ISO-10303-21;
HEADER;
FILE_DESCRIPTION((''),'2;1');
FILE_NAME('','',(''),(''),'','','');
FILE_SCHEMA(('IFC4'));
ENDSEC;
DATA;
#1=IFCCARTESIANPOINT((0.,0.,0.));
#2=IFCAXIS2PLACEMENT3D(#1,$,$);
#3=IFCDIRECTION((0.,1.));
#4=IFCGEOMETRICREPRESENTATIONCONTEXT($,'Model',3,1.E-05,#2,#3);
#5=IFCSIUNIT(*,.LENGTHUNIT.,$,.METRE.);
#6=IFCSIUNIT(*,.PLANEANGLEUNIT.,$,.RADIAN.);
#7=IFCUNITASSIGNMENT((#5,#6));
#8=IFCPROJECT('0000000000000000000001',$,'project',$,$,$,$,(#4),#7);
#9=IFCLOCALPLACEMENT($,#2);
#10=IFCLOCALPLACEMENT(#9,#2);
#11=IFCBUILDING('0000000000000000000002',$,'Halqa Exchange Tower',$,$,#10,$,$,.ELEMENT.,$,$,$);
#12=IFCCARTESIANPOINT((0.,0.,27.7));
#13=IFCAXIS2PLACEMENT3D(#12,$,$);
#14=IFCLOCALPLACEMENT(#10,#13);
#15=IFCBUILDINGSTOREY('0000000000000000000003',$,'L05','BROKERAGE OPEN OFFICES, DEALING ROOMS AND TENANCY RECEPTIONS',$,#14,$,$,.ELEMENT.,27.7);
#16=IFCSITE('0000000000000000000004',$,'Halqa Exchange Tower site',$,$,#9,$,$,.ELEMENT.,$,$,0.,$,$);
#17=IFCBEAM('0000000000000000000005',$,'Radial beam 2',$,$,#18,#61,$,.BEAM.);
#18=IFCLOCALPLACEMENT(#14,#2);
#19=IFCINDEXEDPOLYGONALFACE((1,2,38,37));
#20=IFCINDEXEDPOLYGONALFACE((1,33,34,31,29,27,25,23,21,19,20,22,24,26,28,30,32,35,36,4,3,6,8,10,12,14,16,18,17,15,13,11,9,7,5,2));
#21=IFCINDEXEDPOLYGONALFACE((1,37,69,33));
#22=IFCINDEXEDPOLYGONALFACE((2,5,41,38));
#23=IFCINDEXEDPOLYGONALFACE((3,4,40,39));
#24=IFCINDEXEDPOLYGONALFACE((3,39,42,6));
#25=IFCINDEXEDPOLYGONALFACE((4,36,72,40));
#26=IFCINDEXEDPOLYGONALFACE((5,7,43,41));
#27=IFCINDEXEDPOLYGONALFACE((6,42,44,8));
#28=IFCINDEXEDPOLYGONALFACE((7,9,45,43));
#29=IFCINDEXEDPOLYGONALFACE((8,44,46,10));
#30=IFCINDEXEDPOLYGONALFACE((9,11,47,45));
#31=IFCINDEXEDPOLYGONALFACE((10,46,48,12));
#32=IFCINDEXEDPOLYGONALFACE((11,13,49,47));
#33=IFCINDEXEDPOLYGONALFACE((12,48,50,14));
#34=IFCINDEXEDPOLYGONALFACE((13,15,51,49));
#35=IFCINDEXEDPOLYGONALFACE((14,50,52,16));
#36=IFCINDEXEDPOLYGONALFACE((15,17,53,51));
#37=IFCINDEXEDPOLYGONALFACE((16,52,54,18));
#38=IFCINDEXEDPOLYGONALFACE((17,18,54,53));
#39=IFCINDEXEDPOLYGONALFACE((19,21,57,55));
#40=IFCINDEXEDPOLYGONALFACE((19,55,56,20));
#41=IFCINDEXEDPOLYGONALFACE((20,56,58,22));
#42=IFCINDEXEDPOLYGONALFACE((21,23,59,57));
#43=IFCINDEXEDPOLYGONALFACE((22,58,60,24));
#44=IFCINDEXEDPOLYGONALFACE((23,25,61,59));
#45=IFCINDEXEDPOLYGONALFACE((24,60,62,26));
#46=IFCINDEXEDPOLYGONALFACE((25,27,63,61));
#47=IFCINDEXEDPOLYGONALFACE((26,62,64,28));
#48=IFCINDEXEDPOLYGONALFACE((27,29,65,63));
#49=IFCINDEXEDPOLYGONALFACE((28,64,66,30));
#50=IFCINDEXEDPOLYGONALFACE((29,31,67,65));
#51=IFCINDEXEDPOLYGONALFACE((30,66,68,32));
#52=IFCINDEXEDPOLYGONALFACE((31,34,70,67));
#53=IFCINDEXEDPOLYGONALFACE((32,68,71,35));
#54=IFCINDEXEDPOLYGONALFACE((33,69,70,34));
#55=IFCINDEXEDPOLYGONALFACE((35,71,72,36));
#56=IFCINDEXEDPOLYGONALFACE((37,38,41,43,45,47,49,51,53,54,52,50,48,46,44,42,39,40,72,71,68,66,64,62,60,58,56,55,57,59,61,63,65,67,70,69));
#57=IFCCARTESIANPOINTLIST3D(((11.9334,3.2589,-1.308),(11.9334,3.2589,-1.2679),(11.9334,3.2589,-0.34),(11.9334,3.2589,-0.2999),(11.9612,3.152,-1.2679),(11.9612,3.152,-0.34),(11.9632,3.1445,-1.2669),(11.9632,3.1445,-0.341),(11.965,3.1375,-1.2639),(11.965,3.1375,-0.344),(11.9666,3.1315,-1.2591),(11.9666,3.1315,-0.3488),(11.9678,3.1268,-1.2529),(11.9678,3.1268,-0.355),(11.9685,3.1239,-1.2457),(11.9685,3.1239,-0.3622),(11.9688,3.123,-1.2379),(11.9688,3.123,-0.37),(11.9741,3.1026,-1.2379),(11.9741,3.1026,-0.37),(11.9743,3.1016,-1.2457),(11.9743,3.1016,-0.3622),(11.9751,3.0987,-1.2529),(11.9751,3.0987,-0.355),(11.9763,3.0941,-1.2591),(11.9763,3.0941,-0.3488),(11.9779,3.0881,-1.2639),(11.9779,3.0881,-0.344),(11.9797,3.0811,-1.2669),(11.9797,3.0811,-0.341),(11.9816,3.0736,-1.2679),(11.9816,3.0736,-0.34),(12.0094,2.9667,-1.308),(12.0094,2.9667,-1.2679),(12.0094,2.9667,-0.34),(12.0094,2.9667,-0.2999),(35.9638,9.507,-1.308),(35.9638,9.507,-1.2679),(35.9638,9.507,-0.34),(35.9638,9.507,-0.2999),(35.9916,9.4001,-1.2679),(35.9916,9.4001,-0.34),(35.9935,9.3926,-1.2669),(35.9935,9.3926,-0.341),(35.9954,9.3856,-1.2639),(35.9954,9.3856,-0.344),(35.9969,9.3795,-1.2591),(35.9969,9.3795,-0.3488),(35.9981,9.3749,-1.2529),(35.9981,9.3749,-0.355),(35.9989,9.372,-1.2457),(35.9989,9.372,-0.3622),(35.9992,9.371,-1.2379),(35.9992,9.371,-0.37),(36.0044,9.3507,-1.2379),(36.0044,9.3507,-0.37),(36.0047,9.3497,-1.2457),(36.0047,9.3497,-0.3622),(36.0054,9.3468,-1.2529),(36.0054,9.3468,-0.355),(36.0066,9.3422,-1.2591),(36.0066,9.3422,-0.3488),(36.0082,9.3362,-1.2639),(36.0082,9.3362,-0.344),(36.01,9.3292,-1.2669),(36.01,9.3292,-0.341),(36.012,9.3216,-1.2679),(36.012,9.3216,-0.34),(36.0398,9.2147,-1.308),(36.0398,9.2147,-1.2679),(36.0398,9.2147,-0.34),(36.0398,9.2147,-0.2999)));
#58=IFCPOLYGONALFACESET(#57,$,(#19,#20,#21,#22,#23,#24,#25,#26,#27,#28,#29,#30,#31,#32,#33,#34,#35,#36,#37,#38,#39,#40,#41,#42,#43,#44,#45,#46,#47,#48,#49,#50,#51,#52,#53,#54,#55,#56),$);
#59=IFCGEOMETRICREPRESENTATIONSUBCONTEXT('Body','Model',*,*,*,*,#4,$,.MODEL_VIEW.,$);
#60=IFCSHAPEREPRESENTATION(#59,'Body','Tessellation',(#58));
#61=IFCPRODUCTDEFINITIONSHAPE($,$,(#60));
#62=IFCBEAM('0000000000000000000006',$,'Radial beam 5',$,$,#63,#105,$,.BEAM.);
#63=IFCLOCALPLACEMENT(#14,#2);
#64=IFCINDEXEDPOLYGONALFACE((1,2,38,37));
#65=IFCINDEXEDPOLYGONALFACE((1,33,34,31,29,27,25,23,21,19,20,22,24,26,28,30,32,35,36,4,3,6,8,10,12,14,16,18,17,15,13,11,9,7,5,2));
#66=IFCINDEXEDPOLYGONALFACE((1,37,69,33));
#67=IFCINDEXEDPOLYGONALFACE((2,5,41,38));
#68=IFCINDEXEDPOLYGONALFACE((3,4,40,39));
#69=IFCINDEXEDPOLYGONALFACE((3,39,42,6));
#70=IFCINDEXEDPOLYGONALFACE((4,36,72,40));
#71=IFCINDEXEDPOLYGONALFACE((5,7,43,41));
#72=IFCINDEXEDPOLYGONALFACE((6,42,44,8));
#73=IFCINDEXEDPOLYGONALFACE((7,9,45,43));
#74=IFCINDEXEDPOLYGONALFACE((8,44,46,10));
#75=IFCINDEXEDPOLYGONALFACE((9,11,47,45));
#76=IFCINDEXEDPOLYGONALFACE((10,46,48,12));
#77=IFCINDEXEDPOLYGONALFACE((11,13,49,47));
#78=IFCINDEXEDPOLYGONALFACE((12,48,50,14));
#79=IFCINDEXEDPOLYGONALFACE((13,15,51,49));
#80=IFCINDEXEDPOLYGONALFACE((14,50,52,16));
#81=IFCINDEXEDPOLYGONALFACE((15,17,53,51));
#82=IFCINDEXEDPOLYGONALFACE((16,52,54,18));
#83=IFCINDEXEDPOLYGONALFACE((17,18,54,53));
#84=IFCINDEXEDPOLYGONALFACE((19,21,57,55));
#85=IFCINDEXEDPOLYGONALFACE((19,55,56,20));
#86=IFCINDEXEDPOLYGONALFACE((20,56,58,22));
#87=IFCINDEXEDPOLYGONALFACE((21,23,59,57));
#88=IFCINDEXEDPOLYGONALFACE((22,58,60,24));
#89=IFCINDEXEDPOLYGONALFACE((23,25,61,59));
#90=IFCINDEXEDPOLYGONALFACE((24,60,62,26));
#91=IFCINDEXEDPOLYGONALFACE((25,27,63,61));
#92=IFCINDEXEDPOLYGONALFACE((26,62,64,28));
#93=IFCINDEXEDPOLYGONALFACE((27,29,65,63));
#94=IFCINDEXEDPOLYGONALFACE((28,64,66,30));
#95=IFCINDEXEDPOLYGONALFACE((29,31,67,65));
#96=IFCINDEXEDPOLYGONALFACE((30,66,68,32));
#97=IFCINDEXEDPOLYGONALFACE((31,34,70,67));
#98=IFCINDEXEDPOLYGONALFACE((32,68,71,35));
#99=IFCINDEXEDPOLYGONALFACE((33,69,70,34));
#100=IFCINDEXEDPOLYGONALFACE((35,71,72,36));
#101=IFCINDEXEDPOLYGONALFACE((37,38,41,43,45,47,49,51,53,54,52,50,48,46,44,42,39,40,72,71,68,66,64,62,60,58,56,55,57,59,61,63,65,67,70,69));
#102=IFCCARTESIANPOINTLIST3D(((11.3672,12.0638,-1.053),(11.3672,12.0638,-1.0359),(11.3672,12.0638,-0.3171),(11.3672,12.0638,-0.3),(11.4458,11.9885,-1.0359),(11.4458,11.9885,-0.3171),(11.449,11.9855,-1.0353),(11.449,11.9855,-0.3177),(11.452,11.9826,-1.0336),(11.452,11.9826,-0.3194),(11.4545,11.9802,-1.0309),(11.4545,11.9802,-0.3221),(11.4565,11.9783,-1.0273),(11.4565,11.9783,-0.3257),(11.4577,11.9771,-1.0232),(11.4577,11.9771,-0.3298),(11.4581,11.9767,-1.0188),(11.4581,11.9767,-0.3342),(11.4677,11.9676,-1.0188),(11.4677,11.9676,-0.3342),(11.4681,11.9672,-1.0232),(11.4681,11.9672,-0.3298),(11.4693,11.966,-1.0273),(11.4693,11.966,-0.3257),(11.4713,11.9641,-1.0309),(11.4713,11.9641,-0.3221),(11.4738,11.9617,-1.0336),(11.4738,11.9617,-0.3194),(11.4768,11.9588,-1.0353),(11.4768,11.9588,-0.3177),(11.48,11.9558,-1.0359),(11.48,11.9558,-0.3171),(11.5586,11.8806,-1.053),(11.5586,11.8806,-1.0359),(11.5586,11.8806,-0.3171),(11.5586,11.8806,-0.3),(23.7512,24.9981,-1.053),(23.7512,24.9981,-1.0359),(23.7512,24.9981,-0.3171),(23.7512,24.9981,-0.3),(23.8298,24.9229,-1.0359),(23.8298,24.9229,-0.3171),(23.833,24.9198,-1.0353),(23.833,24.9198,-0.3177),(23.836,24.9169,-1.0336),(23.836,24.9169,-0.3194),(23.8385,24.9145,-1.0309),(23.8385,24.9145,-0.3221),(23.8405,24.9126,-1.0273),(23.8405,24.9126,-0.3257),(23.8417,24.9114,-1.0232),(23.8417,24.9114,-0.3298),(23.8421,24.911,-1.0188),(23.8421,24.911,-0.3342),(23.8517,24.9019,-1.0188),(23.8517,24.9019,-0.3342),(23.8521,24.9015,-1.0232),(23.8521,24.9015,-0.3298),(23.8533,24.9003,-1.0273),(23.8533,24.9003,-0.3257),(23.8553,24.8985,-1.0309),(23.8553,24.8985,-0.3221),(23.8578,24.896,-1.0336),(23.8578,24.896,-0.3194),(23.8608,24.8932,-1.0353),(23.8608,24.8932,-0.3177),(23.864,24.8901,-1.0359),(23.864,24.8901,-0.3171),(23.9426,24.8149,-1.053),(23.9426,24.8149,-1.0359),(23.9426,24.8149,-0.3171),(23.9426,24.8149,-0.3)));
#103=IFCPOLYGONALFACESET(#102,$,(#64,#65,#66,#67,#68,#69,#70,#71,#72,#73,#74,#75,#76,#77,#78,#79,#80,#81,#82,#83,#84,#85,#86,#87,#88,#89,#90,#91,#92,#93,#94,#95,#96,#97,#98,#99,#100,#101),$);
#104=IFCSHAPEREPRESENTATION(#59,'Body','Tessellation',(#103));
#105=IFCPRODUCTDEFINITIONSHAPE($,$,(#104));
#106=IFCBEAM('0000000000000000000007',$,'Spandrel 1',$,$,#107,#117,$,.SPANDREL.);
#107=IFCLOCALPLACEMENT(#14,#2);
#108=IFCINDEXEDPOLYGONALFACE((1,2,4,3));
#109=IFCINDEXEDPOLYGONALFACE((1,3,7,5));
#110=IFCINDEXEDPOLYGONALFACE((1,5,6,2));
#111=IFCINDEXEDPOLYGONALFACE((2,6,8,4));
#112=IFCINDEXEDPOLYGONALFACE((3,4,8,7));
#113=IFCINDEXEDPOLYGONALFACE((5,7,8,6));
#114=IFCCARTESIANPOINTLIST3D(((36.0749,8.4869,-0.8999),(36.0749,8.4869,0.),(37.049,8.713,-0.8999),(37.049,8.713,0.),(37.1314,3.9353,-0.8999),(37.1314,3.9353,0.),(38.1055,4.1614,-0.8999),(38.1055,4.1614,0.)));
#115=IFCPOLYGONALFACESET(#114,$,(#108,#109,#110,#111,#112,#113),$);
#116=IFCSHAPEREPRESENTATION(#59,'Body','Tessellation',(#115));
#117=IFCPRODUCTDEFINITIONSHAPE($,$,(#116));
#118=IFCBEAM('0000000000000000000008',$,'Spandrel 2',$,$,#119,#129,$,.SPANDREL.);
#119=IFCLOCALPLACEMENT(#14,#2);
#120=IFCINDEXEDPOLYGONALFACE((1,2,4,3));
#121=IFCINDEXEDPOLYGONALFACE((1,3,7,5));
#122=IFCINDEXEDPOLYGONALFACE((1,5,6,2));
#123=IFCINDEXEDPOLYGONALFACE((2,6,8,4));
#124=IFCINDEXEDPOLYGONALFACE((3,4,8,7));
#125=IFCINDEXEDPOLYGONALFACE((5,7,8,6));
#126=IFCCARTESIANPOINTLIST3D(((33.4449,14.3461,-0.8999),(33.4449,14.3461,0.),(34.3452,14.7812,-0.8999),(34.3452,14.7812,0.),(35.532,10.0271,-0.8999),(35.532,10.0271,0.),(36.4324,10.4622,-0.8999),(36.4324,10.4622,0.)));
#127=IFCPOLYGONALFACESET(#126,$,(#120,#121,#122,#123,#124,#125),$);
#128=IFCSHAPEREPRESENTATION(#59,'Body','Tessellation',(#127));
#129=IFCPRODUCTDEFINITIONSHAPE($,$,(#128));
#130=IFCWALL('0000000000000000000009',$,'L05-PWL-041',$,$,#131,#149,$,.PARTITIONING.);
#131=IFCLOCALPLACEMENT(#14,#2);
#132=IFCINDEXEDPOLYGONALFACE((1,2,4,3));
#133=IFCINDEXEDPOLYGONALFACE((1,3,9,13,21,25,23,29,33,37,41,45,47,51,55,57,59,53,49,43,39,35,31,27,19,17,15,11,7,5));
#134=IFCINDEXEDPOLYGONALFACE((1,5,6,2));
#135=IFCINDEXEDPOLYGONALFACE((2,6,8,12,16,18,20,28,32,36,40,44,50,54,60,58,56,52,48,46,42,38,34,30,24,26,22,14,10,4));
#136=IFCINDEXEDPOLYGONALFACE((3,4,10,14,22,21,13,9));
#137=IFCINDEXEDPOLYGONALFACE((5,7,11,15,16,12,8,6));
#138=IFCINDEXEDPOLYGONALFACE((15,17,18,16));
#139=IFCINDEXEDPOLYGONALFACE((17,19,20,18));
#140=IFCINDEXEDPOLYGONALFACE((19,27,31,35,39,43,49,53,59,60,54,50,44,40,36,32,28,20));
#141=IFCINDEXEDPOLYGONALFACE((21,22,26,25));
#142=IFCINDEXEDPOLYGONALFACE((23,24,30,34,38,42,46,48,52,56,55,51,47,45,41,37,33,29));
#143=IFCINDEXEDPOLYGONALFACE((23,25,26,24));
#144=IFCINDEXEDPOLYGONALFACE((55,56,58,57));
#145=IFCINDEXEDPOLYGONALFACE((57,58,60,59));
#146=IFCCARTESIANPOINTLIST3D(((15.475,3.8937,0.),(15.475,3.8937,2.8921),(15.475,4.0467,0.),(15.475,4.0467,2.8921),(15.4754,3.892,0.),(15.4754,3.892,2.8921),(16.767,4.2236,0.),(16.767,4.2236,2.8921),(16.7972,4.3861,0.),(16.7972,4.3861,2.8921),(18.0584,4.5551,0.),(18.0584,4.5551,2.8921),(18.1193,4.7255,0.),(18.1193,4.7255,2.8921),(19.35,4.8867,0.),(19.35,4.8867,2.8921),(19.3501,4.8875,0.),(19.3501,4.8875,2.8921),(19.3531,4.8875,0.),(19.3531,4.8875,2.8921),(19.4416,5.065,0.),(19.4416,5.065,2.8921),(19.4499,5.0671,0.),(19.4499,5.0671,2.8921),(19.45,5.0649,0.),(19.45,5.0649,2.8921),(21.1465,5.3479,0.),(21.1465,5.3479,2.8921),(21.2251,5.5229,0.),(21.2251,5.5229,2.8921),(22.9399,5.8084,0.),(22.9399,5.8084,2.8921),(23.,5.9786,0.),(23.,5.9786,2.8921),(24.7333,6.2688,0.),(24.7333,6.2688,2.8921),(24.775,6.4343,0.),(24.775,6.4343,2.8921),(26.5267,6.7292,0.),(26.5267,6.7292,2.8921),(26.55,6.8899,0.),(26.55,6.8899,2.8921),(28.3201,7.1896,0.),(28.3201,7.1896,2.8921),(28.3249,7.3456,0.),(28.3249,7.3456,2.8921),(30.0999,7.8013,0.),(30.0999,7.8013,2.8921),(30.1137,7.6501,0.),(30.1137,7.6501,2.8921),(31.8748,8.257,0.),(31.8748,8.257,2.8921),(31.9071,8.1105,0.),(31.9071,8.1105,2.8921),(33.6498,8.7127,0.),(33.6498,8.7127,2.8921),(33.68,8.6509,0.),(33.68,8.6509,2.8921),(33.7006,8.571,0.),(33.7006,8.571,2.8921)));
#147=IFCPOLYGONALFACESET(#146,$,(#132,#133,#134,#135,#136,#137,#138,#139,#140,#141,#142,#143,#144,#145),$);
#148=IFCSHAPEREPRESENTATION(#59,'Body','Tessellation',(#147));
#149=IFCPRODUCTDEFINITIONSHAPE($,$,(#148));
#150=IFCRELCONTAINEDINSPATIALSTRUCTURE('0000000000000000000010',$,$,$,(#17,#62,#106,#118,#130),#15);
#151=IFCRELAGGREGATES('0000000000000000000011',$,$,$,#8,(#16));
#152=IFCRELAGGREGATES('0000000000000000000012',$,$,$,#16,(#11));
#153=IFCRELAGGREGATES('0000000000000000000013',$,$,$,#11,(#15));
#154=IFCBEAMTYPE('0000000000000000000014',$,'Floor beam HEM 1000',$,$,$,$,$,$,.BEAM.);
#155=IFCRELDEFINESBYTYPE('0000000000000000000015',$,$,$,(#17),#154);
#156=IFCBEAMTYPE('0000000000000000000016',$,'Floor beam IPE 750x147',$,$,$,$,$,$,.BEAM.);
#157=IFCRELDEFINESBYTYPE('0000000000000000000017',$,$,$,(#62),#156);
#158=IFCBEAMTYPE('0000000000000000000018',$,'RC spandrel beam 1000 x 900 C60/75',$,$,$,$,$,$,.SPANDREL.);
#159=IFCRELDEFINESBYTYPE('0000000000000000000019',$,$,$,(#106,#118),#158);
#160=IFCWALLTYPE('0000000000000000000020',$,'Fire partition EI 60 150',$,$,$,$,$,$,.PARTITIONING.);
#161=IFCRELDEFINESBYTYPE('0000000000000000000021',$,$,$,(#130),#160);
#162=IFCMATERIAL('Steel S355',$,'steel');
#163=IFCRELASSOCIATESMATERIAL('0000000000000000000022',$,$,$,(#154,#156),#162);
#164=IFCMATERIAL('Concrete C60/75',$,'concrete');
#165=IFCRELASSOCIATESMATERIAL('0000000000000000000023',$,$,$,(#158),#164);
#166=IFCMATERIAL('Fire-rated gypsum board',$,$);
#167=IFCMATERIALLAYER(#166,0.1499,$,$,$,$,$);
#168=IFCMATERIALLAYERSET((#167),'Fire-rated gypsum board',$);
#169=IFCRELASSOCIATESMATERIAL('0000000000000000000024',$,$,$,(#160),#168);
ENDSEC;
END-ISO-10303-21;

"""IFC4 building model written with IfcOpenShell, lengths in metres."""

from ifc_helpers import new_model, si_unit, direction, frame, origin, origin_2d, place, context, subcontext, project, spatial, polyline, rectangle, i_section, outline, extrude, material, layer, layer_set, material_profile, profile_set, type_object, element, save


model = new_model("IFC4")

# Units and contexts
model_context = context("Model", 3, precision=1e-05, world=origin(), true_north=direction((0.0, 1.0)))
body_context = subcontext(model_context, "Body", "Model", "MODEL_VIEW")
ifc_project = project(units=[si_unit("LENGTHUNIT", "METRE"), si_unit("PLANEANGLEUNIT", "RADIAN")], contexts=[model_context])

# Site, building, storey
site_placement = place(None, origin())
site = spatial("IfcSite", under=ifc_project, at=site_placement, Name="Halqa Exchange Tower site", CompositionType="ELEMENT", RefElevation=0.0)
building_placement = place(site_placement, origin())
building = spatial("IfcBuilding", under=site, at=building_placement, Name="Halqa Exchange Tower", CompositionType="ELEMENT")
storey_placement = place(building_placement, frame((0.0, 0.0, 27.7)))
storey = spatial("IfcBuildingStorey", under=building, at=storey_placement, Name="L05", Description="BROKERAGE OPEN OFFICES, DEALING ROOMS AND TENANCY RECEPTIONS", CompositionType="ELEMENT", Elevation=27.7)

# Beams
ifc_material_1 = material(Name="Steel S355", Category="steel")
ifc_material_profile_1 = material_profile(ifc_material_1, i_section(OverallWidth=0.302, OverallDepth=1.0081, WebThickness=0.021, FlangeThickness=0.04, FilletRadius=0.03, at=origin_2d()), Name="HEM 1000")
ifc_profile_set_1 = profile_set([ifc_material_profile_1], Name="Steel S355")
beam_type_1 = type_object("IfcBeamType", Name="Floor beam HEM 1000", PredefinedType="BEAM", material=ifc_profile_set_1)
beam_1_placement = place(storey_placement, frame((11.9714, 3.1128, -0.804), z_axis=(0.967821, 0.25164, 0.0), x_axis=(-0.25164, 0.967821, 0.0)))
element("IfcBeam", 1, at=beam_1_placement, inside=storey, type_object=beam_type_1, Name="Radial beam 2", PredefinedType="BEAM", context=body_context, shape_type="SweptSolid", body=[
    extrude(i_section(OverallWidth=0.302, OverallDepth=1.0081, WebThickness=0.021, FlangeThickness=0.04, FilletRadius=0.03, at=origin_2d()), origin(), (0.0, 0.0, 1.0), 24.8293),
])
ifc_material_profile_2 = material_profile(ifc_material_1, i_section(OverallWidth=0.2649, OverallDepth=0.7529, WebThickness=0.0132, FlangeThickness=0.0171, FilletRadius=0.0171, at=origin_2d()), Name="IPE 750x147")
ifc_profile_set_2 = profile_set([ifc_material_profile_2], Name="Steel S355")
beam_type_2 = type_object("IfcBeamType", Name="Floor beam IPE 750x147", PredefinedType="BEAM", material=ifc_profile_set_2)
beam_2_placement = place(storey_placement, frame((11.4629, 11.9722, -0.6765), z_axis=(0.691575, 0.722305, 0.0), x_axis=(-0.722305, 0.691575, 0.0)))
element("IfcBeam", 2, at=beam_2_placement, inside=storey, type_object=beam_type_2, Name="Radial beam 5", PredefinedType="BEAM", context=body_context, shape_type="SweptSolid", body=[
    extrude(i_section(OverallWidth=0.2649, OverallDepth=0.7529, WebThickness=0.0132, FlangeThickness=0.0171, FilletRadius=0.0171, at=origin_2d()), origin(), (0.0, 0.0, 1.0), 17.907),
])
ifc_material_2 = material(Name="Concrete C60/75", Category="concrete")
ifc_material_profile_3 = material_profile(ifc_material_2, rectangle(XDim=1.0, YDim=0.8999, at=origin_2d()), Name="1000 x 900")
ifc_profile_set_3 = profile_set([ifc_material_profile_3], Name="Concrete C60/75")
beam_type_3 = type_object("IfcBeamType", Name="RC spandrel beam 1000 x 900 C60/75", PredefinedType="SPANDREL", material=ifc_profile_set_3)
beam_3_placement = place(storey_placement, frame((37.6184, 4.0483, -0.45), z_axis=(-0.226088, 0.974107, 0.0), x_axis=(-0.974107, -0.226088, 0.0)))
element("IfcBeam", 3, at=beam_3_placement, inside=storey, type_object=beam_type_3, Name="Spandrel 1", PredefinedType="SPANDREL", context=body_context, shape_type="SweptSolid", body=[
    extrude(rectangle(XDim=1.0, YDim=0.8999, at=origin_2d()), origin(), (0.0, 0.0, 1.0), 4.6726),
])
beam_4_placement = place(storey_placement, frame((35.9822, 10.2446, -0.45), z_axis=(-0.435101, 0.900382, 0.0), x_axis=(-0.900382, -0.435101, 0.0)))
element("IfcBeam", 4, at=beam_4_placement, inside=storey, type_object=beam_type_3, Name="Spandrel 2", PredefinedType="SPANDREL", context=body_context, shape_type="SweptSolid", body=[
    extrude(rectangle(XDim=1.0, YDim=0.8999, at=origin_2d()), origin(), (0.0, 0.0, 1.0), 4.7969),
])

# Wall
ifc_material_3 = material(Name="Fire-rated gypsum board")
ifc_layer_1 = layer(ifc_material_3, 0.1499)
ifc_layer_set_1 = layer_set([ifc_layer_1], Name="Fire-rated gypsum board")
wall_type_1 = type_object("IfcWallType", Name="Fire partition EI 60 150", PredefinedType="PARTITIONING", material=ifc_layer_set_1)
wall_1_placement = place(storey_placement, frame((15.4568, 3.9646, 0.0), z_axis=(0.0, 0.0, 1.0), x_axis=(0.968589, 0.248667, 0.0)))
element("IfcWall", 5, at=wall_1_placement, inside=storey, type_object=wall_type_1, Name="L05-PWL-041", PredefinedType="PARTITIONING", context=body_context, shape_type="SweptSolid", body=[
    extrude(outline(polyline([(0.0, -0.075), (1.3335, -0.075), (2.6667, -0.075), (4.0002, -0.075), (4.0005, -0.0742), (4.0034, -0.075), (5.855, -0.075), (7.7065, -0.075), (9.5581, -0.075), (11.4097, -0.075), (13.2612, -0.075), (15.113, -0.075), (16.9646, -0.075), (18.8162, -0.075), (18.8162, 0.0076), (18.8022, 0.075), (16.9697, 0.075), (15.1372, 0.075), (13.3047, 0.075), (11.4722, 0.075), (9.6396, 0.075), (7.8071, 0.075), (5.9746, 0.075), (4.1418, 0.075), (4.1414, 0.0728), (4.1333, 0.075), (2.7681, 0.075), (1.4031, 0.075), (0.0381, 0.075), (0.0, -0.0732), (0.0, -0.075)])), origin(), (0.0, 0.0, 1.0), 2.8921),
])

save(model, "model.ifc")
